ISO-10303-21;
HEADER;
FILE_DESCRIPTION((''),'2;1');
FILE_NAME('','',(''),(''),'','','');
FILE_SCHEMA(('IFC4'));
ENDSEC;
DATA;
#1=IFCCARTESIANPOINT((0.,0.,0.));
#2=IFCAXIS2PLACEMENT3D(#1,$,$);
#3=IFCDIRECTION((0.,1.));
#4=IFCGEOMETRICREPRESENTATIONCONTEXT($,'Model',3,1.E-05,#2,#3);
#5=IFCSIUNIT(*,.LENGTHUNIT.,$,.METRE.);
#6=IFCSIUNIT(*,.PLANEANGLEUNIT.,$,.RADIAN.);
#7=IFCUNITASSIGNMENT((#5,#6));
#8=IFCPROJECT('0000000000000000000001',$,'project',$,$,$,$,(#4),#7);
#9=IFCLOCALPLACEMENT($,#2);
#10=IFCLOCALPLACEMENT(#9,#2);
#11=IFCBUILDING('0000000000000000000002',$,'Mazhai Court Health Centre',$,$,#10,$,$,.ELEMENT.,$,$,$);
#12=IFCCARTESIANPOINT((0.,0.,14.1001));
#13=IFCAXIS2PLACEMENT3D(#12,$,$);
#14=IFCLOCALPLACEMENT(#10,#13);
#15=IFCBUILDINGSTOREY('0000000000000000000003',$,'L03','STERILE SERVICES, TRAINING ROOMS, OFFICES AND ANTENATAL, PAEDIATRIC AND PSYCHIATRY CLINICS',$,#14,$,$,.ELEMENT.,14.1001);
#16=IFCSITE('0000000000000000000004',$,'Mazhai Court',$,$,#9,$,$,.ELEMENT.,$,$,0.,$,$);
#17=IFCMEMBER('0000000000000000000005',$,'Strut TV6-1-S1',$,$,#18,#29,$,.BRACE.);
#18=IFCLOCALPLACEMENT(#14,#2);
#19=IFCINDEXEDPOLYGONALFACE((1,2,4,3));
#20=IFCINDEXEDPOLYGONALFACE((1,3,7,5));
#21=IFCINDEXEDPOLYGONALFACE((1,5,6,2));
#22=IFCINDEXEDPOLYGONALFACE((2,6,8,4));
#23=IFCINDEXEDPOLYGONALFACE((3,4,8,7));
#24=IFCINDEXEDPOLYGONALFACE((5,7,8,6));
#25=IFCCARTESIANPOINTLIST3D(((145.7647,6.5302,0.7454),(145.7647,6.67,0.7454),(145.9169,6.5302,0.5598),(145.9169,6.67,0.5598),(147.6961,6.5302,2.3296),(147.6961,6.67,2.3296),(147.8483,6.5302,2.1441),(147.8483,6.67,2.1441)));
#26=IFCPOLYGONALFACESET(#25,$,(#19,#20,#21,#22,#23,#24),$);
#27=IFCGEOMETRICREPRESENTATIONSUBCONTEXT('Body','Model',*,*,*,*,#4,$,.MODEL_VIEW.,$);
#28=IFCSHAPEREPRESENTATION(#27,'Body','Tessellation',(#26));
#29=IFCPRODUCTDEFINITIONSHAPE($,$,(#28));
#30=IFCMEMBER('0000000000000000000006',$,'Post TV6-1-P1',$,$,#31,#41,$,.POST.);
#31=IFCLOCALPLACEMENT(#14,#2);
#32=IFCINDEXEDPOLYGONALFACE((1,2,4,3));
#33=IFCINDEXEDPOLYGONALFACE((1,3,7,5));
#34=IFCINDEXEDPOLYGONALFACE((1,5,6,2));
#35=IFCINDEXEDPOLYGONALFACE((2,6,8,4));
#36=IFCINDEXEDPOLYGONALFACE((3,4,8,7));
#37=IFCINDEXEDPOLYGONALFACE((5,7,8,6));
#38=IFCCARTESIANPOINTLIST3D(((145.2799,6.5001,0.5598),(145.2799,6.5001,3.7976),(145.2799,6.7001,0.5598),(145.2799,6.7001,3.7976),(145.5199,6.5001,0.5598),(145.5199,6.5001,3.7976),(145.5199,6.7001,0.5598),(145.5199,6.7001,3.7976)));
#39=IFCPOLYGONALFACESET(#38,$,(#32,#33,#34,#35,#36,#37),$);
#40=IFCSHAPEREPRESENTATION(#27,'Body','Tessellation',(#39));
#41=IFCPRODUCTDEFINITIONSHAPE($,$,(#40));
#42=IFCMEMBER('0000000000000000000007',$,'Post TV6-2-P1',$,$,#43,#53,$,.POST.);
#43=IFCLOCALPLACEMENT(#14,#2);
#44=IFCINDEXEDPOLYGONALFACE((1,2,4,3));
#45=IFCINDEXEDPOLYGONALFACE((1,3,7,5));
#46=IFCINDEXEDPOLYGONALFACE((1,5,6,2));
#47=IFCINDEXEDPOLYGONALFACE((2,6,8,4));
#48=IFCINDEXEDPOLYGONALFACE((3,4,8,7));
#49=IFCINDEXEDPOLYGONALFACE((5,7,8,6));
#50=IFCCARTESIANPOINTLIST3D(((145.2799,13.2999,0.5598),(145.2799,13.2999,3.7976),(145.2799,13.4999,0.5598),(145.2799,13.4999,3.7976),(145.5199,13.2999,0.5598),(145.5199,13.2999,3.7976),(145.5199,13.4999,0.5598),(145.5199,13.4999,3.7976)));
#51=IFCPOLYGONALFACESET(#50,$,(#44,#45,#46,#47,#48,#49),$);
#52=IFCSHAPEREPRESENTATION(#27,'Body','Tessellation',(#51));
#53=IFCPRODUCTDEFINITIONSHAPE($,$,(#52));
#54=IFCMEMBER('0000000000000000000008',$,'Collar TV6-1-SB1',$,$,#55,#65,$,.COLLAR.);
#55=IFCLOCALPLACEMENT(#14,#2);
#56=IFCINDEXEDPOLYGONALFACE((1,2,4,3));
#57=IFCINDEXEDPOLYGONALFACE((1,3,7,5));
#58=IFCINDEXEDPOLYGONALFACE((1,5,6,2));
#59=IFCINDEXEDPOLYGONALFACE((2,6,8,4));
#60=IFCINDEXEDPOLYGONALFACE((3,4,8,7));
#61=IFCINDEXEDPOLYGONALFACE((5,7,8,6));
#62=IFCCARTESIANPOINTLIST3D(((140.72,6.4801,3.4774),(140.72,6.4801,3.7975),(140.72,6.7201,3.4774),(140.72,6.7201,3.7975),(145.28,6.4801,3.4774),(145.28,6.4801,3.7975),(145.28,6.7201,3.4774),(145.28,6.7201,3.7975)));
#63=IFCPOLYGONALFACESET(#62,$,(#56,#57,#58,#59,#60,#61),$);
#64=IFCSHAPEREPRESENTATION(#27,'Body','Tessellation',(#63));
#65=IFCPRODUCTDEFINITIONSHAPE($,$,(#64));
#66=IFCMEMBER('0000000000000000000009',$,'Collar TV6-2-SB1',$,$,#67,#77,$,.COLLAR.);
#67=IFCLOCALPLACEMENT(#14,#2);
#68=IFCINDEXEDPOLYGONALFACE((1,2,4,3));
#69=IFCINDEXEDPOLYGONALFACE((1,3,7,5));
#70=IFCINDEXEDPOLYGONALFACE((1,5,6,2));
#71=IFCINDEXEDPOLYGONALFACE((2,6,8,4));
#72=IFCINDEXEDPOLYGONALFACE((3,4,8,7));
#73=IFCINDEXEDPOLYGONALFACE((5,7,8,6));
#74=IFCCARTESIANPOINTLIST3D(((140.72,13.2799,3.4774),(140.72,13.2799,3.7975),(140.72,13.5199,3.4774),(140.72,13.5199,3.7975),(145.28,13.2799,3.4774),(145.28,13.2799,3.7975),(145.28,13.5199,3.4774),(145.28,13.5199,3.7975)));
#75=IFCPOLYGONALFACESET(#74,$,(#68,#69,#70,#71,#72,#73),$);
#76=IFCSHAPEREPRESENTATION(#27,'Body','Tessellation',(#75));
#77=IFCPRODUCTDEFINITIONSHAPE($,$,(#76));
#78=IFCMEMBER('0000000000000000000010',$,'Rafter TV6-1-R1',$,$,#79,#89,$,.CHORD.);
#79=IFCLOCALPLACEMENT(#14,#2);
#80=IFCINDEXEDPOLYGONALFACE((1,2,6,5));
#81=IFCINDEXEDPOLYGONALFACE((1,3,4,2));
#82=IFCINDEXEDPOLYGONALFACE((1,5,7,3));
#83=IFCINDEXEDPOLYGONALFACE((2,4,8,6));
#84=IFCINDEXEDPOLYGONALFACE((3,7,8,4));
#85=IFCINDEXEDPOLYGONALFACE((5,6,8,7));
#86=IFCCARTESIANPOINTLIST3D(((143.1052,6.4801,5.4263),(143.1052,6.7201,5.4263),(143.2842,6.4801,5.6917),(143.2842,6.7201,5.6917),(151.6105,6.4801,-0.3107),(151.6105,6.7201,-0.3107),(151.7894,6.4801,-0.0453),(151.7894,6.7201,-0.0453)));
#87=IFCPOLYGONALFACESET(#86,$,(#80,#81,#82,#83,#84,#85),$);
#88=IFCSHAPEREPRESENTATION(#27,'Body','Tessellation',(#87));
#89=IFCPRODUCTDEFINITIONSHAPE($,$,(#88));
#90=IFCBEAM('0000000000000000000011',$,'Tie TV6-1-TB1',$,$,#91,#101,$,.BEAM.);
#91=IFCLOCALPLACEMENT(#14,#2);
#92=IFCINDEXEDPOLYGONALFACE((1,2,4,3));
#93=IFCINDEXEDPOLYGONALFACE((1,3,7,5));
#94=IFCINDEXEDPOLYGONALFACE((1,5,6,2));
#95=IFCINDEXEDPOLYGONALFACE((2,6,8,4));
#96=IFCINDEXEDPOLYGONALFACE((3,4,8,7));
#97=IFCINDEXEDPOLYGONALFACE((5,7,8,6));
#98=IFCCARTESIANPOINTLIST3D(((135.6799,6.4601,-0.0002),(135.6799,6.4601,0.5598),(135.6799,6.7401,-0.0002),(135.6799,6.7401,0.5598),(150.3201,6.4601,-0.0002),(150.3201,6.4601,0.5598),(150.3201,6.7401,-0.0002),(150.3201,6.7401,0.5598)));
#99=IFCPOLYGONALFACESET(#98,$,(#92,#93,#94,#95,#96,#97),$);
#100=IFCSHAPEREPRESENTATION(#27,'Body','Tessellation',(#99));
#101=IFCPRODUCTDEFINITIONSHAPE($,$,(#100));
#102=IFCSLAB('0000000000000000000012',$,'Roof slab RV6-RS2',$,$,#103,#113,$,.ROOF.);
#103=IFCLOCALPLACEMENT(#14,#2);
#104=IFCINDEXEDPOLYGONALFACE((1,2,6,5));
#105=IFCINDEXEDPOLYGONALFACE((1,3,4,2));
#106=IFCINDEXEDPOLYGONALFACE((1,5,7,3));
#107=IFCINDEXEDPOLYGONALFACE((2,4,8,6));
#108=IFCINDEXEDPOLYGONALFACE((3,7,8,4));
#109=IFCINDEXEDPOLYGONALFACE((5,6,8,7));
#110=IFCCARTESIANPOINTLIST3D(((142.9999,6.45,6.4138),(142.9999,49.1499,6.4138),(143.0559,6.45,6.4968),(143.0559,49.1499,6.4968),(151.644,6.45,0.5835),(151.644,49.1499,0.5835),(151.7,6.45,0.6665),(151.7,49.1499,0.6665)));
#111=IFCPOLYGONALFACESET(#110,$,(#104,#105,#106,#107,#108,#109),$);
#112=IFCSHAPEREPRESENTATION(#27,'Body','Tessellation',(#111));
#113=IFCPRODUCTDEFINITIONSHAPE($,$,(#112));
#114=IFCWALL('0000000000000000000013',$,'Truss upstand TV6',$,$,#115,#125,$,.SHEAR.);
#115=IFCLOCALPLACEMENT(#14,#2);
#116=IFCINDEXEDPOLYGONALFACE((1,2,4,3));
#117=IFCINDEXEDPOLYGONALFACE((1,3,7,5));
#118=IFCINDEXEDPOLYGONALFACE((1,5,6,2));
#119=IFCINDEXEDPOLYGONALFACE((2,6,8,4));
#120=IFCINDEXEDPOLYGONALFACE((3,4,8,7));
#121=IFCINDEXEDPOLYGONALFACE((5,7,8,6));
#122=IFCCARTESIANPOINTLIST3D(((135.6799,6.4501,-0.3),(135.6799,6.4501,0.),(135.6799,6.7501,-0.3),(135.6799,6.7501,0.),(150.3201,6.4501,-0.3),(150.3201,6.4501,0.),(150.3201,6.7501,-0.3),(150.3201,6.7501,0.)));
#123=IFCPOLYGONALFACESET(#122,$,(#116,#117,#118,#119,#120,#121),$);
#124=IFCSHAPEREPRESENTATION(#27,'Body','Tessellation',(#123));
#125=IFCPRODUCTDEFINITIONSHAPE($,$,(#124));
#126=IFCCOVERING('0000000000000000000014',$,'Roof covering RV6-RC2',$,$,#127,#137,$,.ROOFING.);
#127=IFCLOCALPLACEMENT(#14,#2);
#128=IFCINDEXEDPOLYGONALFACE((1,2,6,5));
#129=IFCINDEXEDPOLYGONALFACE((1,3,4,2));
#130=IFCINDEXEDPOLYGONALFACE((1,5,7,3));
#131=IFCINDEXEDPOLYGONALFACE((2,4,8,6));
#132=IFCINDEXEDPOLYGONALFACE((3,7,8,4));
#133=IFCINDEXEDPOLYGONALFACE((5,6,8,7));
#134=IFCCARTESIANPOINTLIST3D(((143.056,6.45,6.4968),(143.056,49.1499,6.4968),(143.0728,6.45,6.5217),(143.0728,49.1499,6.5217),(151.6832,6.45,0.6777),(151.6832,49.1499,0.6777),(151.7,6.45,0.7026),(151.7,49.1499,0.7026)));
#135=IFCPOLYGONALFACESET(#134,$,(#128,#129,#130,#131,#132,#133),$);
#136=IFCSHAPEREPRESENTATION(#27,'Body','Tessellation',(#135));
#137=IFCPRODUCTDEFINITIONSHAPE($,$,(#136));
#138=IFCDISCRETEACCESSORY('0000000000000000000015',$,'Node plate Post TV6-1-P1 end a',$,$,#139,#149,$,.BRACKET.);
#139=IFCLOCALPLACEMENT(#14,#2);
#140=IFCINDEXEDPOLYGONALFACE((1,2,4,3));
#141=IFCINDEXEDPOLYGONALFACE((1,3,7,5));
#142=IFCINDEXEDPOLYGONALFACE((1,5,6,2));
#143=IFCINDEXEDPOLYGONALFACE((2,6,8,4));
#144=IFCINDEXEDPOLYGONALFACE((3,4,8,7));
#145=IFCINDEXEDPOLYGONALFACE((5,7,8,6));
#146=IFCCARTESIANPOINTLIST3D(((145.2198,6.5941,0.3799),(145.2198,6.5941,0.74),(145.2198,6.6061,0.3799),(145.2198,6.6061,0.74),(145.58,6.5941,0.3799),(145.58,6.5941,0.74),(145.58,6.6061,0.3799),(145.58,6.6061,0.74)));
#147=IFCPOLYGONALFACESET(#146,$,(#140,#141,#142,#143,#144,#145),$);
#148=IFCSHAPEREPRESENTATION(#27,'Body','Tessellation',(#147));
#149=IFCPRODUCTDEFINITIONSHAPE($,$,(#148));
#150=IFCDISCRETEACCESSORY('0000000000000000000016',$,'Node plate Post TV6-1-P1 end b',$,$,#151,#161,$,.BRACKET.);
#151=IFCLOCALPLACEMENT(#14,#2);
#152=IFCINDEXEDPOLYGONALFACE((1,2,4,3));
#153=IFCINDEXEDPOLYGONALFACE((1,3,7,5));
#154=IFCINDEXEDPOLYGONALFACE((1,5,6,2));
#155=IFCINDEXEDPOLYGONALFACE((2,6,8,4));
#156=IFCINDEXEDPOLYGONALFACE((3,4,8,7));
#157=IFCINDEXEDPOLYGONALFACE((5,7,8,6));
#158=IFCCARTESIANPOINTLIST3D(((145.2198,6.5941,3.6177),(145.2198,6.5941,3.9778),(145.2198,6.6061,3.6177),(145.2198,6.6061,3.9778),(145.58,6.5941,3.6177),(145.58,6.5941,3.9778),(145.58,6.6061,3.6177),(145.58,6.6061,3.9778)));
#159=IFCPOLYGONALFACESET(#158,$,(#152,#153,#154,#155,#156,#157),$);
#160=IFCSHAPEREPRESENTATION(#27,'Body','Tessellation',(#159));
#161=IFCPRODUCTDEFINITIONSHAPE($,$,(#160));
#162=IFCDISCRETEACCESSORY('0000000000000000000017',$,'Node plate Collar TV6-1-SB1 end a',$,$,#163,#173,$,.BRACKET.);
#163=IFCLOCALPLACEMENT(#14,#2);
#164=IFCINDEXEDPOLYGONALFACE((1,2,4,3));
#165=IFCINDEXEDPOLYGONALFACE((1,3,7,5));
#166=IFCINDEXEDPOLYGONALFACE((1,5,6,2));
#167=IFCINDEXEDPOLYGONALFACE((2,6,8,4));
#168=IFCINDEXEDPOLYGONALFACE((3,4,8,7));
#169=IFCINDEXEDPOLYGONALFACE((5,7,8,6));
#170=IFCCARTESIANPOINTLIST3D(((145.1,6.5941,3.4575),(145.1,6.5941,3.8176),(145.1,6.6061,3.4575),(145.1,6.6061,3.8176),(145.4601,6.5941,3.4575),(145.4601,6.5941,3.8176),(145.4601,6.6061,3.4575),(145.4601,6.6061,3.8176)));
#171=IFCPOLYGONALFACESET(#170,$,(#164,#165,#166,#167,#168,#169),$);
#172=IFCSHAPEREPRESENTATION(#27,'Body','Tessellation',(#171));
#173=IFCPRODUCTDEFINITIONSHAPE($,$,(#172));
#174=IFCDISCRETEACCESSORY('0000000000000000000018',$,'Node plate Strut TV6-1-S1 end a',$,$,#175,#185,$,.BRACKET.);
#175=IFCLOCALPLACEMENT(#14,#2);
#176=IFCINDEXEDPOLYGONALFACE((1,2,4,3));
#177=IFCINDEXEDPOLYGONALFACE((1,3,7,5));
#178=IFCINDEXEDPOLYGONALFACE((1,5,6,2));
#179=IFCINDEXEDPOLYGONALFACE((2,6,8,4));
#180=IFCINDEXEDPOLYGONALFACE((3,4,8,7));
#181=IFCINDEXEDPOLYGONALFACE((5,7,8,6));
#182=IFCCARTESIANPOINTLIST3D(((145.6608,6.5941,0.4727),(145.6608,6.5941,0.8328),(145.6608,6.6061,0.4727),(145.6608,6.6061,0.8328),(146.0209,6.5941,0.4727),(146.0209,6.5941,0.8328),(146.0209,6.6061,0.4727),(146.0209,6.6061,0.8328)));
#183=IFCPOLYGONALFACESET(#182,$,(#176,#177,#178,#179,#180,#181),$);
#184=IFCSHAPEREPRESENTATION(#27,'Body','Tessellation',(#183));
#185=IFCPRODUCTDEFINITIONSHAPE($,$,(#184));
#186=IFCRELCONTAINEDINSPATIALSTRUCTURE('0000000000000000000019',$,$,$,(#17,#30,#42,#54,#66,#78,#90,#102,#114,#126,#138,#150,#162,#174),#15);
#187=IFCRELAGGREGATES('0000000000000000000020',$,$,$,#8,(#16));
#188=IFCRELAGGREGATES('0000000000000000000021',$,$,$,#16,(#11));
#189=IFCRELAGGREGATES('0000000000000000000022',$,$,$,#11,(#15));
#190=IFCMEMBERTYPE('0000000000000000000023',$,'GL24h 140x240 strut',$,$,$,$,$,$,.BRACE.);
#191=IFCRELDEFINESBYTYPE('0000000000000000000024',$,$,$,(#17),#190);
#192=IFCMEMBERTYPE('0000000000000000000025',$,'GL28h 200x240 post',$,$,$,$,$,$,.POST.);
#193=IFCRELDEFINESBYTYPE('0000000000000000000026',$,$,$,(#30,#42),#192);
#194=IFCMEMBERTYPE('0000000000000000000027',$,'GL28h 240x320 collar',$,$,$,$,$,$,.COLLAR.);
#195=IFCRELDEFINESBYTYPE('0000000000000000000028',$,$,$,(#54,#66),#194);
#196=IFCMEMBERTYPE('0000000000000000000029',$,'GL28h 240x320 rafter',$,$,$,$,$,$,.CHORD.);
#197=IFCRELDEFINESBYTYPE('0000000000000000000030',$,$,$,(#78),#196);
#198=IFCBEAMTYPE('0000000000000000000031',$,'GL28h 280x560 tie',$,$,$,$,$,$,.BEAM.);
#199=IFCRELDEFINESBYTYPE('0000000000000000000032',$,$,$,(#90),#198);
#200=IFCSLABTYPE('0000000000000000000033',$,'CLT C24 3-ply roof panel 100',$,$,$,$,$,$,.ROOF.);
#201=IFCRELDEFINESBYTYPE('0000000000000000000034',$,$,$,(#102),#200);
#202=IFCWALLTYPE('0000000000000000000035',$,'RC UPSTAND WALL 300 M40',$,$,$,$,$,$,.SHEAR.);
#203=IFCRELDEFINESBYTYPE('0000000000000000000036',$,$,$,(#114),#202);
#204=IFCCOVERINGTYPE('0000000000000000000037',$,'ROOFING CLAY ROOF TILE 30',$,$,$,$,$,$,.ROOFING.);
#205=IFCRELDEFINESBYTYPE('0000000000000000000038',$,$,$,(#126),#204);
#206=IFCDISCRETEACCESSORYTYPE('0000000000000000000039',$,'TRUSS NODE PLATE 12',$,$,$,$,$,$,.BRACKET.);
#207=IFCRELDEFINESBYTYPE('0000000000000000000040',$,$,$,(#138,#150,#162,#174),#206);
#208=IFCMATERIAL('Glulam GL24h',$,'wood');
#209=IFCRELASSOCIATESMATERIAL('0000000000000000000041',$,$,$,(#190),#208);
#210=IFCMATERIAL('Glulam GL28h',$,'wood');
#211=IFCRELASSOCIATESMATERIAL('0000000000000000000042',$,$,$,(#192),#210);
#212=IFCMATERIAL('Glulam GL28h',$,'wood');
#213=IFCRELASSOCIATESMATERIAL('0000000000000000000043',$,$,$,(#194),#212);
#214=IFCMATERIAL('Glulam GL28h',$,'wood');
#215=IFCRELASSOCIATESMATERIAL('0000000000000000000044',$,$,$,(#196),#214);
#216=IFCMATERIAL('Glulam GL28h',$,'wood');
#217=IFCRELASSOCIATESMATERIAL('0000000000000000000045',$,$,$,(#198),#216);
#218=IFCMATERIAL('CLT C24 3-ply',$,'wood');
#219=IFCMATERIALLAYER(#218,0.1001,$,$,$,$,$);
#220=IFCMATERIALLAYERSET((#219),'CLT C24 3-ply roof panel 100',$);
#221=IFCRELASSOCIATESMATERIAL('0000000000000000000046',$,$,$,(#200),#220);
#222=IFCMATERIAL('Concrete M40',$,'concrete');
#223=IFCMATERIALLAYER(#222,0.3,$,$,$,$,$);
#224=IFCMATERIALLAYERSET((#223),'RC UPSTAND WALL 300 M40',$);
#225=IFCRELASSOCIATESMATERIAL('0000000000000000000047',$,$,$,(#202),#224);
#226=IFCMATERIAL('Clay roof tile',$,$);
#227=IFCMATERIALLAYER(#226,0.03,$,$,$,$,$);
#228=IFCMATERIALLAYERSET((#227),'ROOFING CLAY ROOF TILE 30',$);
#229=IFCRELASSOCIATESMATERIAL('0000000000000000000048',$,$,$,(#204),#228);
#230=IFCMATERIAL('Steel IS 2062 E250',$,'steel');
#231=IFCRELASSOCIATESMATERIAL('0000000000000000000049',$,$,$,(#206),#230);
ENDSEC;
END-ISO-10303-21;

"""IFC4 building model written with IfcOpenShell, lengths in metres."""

from ifc_helpers import new_model, si_unit, direction, frame, frame_2d, origin, origin_2d, place, context, subcontext, project, spatial, polyline, rectangle, outline, extrude, material, layer, layer_set, material_profile, profile_set, type_object, element, save


model = new_model("IFC4")

# Units and contexts
model_context = context("Model", 3, precision=1e-05, world=origin(), true_north=direction((0.0, 1.0)))
body_context = subcontext(model_context, "Body", "Model", "MODEL_VIEW")
ifc_project = project(units=[si_unit("LENGTHUNIT", "METRE"), si_unit("PLANEANGLEUNIT", "RADIAN")], contexts=[model_context])

# Site, building, storey
site_placement = place(None, origin())
site = spatial("IfcSite", under=ifc_project, at=site_placement, Name="Mazhai Court", CompositionType="ELEMENT", RefElevation=0.0)
building_placement = place(site_placement, origin())
building = spatial("IfcBuilding", under=site, at=building_placement, Name="Mazhai Court Health Centre", CompositionType="ELEMENT")
storey_placement = place(building_placement, frame((0.0, 0.0, 14.1001)))
storey = spatial("IfcBuildingStorey", under=building, at=storey_placement, Name="L03", Description="STERILE SERVICES, TRAINING ROOMS, OFFICES AND ANTENATAL, PAEDIATRIC AND PSYCHIATRY CLINICS", CompositionType="ELEMENT", Elevation=14.1001)

# Members
ifc_material_1 = material(Name="Glulam GL24h", Category="wood")
ifc_material_profile_1 = material_profile(ifc_material_1, rectangle(XDim=0.1399, YDim=0.24, at=origin_2d()), Name="GL24h 140x240")
ifc_profile_set_1 = profile_set([ifc_material_profile_1], Name="Glulam GL24h")
member_type_1 = type_object("IfcMemberType", Name="GL24h 140x240 strut", PredefinedType="BRACE", material=ifc_profile_set_1)
member_1_placement = place(storey_placement, frame((145.8408, 6.6001, 0.6526), z_axis=(0.773173, 0.0, 0.634195), x_axis=(0.0, 1.0, 0.0)))
element("IfcMember", 1, at=member_1_placement, inside=storey, type_object=member_type_1, Name="Strut TV6-1-S1", PredefinedType="BRACE", context=body_context, shape_type="SweptSolid", body=[
    extrude(rectangle(XDim=0.1399, YDim=0.24, at=origin_2d()), origin(), (0.0, 0.0, 1.0), 2.498),
])
ifc_material_2 = material(Name="Glulam GL28h", Category="wood")
ifc_material_profile_2 = material_profile(ifc_material_2, rectangle(XDim=0.2, YDim=0.24, at=origin_2d()), Name="GL28h 200x240")
ifc_profile_set_2 = profile_set([ifc_material_profile_2], Name="Glulam GL28h")
member_type_2 = type_object("IfcMemberType", Name="GL28h 200x240 post", PredefinedType="POST", material=ifc_profile_set_2)
for number, where, z_axis, x_axis, name in (
    (2, (145.3999, 6.6001, 0.5598), (0.0, 0.0, 1.0), (0.0, 1.0, 0.0), "Post TV6-1-P1"),
    (3, (145.3999, 13.3999, 0.5598), (0.0, 0.0, 1.0), (0.0, 1.0, 0.0), "Post TV6-2-P1"),
):
    element("IfcMember", number, at=place(storey_placement, frame(where, z_axis=z_axis, x_axis=x_axis)), inside=storey, type_object=member_type_2, Name=name, PredefinedType="POST", context=body_context, shape_type="SweptSolid", body=[
        extrude(rectangle(XDim=0.2, YDim=0.24, at=origin_2d()), origin(), (0.0, 0.0, 1.0), 3.2378),
    ])
ifc_material_3 = material(Name="Glulam GL28h", Category="wood")
ifc_material_profile_3 = material_profile(ifc_material_3, rectangle(XDim=0.24, YDim=0.3201, at=origin_2d()), Name="GL28h 240x320")
ifc_profile_set_3 = profile_set([ifc_material_profile_3], Name="Glulam GL28h")
member_type_3 = type_object("IfcMemberType", Name="GL28h 240x320 collar", PredefinedType="COLLAR", material=ifc_profile_set_3)
for number, where, z_axis, x_axis, name in (
    (4, (145.28, 6.6001, 3.6375), (-1.0, 0.0, 0.0), (0.0, -1.0, 0.0), "Collar TV6-1-SB1"),
    (5, (145.28, 13.3999, 3.6375), (-1.0, 0.0, 0.0), (0.0, -1.0, 0.0), "Collar TV6-2-SB1"),
):
    element("IfcMember", number, at=place(storey_placement, frame(where, z_axis=z_axis, x_axis=x_axis)), inside=storey, type_object=member_type_3, Name=name, PredefinedType="COLLAR", context=body_context, shape_type="SweptSolid", body=[
        extrude(rectangle(XDim=0.24, YDim=0.3201, at=origin_2d()), origin(), (0.0, 0.0, 1.0), 4.5601),
    ])
ifc_material_4 = material(Name="Glulam GL28h", Category="wood")
ifc_material_profile_4 = material_profile(ifc_material_4, rectangle(XDim=0.24, YDim=0.3201, at=origin_2d()), Name="GL28h 240x320")
ifc_profile_set_4 = profile_set([ifc_material_profile_4], Name="Glulam GL28h")
member_type_4 = type_object("IfcMemberType", Name="GL28h 240x320 rafter", PredefinedType="CHORD", material=ifc_profile_set_4)
member_2_placement = place(storey_placement, frame((151.7, 6.6001, -0.178), z_axis=(-0.829032, 0.0, 0.559201), x_axis=(0.0, -1.0, 0.0)))
element("IfcMember", 6, at=member_2_placement, inside=storey, type_object=member_type_4, Name="Rafter TV6-1-R1", PredefinedType="CHORD", context=body_context, shape_type="SweptSolid", body=[
    extrude(rectangle(XDim=0.24, YDim=0.3201, at=origin_2d()), origin(), (0.0, 0.0, 1.0), 10.2593),
])

# Beam
ifc_material_5 = material(Name="Glulam GL28h", Category="wood")
ifc_material_profile_5 = material_profile(ifc_material_5, rectangle(XDim=0.28, YDim=0.5601, at=origin_2d()), Name="GL28h 280x560")
ifc_profile_set_5 = profile_set([ifc_material_profile_5], Name="Glulam GL28h")
beam_type = type_object("IfcBeamType", Name="GL28h 280x560 tie", PredefinedType="BEAM", material=ifc_profile_set_5)
beam_placement = place(storey_placement, frame((150.3201, 6.6001, 0.2798), z_axis=(-1.0, 0.0, 0.0), x_axis=(0.0, -1.0, 0.0)))
element("IfcBeam", 7, at=beam_placement, inside=storey, type_object=beam_type, Name="Tie TV6-1-TB1", PredefinedType="BEAM", context=body_context, shape_type="SweptSolid", body=[
    extrude(rectangle(XDim=0.28, YDim=0.5601, at=origin_2d()), origin(), (0.0, 0.0, 1.0), 14.6401),
])

# Slab
ifc_material_6 = material(Name="CLT C24 3-ply", Category="wood")
ifc_layer_1 = layer(ifc_material_6, 0.1001)
ifc_layer_set_1 = layer_set([ifc_layer_1], Name="CLT C24 3-ply roof panel 100")
slab_type = type_object("IfcSlabType", Name="CLT C24 3-ply roof panel 100", PredefinedType="ROOF", material=ifc_layer_set_1)
slab_placement = place(storey_placement, frame((151.7, 6.45, 0.6665), z_axis=(0.559182, 0.0, 0.829045), x_axis=(0.0, 1.0, 0.0)))
element("IfcSlab", 8, at=slab_placement, inside=storey, type_object=slab_type, Name="Roof slab RV6-RS2", PredefinedType="ROOF", context=body_context, shape_type="SweptSolid", body=[
    extrude(outline(polyline([(0.0, 0.0), (42.7, 0.0), (42.7, 10.4265), (0.0, 10.4265), (0.0, 0.0)])), origin(), (0.0, 0.0, -1.0), 0.1001),
])

# Wall
ifc_material_7 = material(Name="Concrete M40", Category="concrete")
ifc_layer_2 = layer(ifc_material_7, 0.3)
ifc_layer_set_2 = layer_set([ifc_layer_2], Name="RC UPSTAND WALL 300 M40")
wall_type = type_object("IfcWallType", Name="RC UPSTAND WALL 300 M40", PredefinedType="SHEAR", material=ifc_layer_set_2)
wall_placement = place(storey_placement, frame((150.3201, 6.6001, -0.3), z_axis=(0.0, 0.0, 1.0), x_axis=(-1.0, 0.0, 0.0)))
element("IfcWall", 9, at=wall_placement, inside=storey, type_object=wall_type, Name="Truss upstand TV6", PredefinedType="SHEAR", context=body_context, shape_type="SweptSolid", body=[
    extrude(rectangle(XDim=14.6401, YDim=0.3, at=frame_2d((7.3201, 0.0))), origin(), (0.0, 0.0, 1.0), 0.3),
])

# Covering
ifc_material_8 = material(Name="Clay roof tile")
ifc_layer_3 = layer(ifc_material_8, 0.03)
ifc_layer_set_3 = layer_set([ifc_layer_3], Name="ROOFING CLAY ROOF TILE 30")
covering_type = type_object("IfcCoveringType", Name="ROOFING CLAY ROOF TILE 30", PredefinedType="ROOFING", material=ifc_layer_set_3)
covering_placement = place(storey_placement, frame((151.7, 6.45, 0.7026), z_axis=(0.559191, 0.0, 0.829039), x_axis=(0.0, 1.0, 0.0)))
element("IfcCovering", 10, at=covering_placement, inside=storey, type_object=covering_type, Name="Roof covering RV6-RC2", PredefinedType="ROOFING", context=body_context, shape_type="SweptSolid", body=[
    extrude(outline(polyline([(0.0, 0.0), (42.7, 0.0), (42.7, 10.4063), (0.0, 10.4063), (0.0, 0.0)])), origin(), (0.0, 0.0, -1.0), 0.03),
])

# Discrete accessories
ifc_material_9 = material(Name="Steel IS 2062 E250", Category="steel")
discrete_accessory_type = type_object("IfcDiscreteAccessoryType", Name="TRUSS NODE PLATE 12", PredefinedType="BRACKET", material=ifc_material_9)
for number, where, z_axis, x_axis, name in (
    (11, (145.3999, 6.6001, 0.3799), (0.0, 0.0, 1.0), (1.0, 0.0, 0.0), "Node plate Post TV6-1-P1 end a"),
    (12, (145.3999, 6.6001, 3.6177), (0.0, 0.0, 1.0), (1.0, 0.0, 0.0), "Node plate Post TV6-1-P1 end b"),
    (13, (145.28, 6.6001, 3.4575), (0.0, 0.0, 1.0), (1.0, 0.0, 0.0), "Node plate Collar TV6-1-SB1 end a"),
    (14, (145.8408, 6.6001, 0.4727), (0.0, 0.0, 1.0), (1.0, 0.0, 0.0), "Node plate Strut TV6-1-S1 end a"),
):
    element("IfcDiscreteAccessory", number, at=place(storey_placement, frame(where, z_axis=z_axis, x_axis=x_axis)), inside=storey, type_object=discrete_accessory_type, Name=name, PredefinedType="BRACKET", context=body_context, shape_type="SweptSolid", body=[
        extrude(rectangle(XDim=0.3601, YDim=0.012, at=origin_2d()), origin(), (0.0, 0.0, 1.0), 0.3601),
    ])

save(model, "model.ifc")
